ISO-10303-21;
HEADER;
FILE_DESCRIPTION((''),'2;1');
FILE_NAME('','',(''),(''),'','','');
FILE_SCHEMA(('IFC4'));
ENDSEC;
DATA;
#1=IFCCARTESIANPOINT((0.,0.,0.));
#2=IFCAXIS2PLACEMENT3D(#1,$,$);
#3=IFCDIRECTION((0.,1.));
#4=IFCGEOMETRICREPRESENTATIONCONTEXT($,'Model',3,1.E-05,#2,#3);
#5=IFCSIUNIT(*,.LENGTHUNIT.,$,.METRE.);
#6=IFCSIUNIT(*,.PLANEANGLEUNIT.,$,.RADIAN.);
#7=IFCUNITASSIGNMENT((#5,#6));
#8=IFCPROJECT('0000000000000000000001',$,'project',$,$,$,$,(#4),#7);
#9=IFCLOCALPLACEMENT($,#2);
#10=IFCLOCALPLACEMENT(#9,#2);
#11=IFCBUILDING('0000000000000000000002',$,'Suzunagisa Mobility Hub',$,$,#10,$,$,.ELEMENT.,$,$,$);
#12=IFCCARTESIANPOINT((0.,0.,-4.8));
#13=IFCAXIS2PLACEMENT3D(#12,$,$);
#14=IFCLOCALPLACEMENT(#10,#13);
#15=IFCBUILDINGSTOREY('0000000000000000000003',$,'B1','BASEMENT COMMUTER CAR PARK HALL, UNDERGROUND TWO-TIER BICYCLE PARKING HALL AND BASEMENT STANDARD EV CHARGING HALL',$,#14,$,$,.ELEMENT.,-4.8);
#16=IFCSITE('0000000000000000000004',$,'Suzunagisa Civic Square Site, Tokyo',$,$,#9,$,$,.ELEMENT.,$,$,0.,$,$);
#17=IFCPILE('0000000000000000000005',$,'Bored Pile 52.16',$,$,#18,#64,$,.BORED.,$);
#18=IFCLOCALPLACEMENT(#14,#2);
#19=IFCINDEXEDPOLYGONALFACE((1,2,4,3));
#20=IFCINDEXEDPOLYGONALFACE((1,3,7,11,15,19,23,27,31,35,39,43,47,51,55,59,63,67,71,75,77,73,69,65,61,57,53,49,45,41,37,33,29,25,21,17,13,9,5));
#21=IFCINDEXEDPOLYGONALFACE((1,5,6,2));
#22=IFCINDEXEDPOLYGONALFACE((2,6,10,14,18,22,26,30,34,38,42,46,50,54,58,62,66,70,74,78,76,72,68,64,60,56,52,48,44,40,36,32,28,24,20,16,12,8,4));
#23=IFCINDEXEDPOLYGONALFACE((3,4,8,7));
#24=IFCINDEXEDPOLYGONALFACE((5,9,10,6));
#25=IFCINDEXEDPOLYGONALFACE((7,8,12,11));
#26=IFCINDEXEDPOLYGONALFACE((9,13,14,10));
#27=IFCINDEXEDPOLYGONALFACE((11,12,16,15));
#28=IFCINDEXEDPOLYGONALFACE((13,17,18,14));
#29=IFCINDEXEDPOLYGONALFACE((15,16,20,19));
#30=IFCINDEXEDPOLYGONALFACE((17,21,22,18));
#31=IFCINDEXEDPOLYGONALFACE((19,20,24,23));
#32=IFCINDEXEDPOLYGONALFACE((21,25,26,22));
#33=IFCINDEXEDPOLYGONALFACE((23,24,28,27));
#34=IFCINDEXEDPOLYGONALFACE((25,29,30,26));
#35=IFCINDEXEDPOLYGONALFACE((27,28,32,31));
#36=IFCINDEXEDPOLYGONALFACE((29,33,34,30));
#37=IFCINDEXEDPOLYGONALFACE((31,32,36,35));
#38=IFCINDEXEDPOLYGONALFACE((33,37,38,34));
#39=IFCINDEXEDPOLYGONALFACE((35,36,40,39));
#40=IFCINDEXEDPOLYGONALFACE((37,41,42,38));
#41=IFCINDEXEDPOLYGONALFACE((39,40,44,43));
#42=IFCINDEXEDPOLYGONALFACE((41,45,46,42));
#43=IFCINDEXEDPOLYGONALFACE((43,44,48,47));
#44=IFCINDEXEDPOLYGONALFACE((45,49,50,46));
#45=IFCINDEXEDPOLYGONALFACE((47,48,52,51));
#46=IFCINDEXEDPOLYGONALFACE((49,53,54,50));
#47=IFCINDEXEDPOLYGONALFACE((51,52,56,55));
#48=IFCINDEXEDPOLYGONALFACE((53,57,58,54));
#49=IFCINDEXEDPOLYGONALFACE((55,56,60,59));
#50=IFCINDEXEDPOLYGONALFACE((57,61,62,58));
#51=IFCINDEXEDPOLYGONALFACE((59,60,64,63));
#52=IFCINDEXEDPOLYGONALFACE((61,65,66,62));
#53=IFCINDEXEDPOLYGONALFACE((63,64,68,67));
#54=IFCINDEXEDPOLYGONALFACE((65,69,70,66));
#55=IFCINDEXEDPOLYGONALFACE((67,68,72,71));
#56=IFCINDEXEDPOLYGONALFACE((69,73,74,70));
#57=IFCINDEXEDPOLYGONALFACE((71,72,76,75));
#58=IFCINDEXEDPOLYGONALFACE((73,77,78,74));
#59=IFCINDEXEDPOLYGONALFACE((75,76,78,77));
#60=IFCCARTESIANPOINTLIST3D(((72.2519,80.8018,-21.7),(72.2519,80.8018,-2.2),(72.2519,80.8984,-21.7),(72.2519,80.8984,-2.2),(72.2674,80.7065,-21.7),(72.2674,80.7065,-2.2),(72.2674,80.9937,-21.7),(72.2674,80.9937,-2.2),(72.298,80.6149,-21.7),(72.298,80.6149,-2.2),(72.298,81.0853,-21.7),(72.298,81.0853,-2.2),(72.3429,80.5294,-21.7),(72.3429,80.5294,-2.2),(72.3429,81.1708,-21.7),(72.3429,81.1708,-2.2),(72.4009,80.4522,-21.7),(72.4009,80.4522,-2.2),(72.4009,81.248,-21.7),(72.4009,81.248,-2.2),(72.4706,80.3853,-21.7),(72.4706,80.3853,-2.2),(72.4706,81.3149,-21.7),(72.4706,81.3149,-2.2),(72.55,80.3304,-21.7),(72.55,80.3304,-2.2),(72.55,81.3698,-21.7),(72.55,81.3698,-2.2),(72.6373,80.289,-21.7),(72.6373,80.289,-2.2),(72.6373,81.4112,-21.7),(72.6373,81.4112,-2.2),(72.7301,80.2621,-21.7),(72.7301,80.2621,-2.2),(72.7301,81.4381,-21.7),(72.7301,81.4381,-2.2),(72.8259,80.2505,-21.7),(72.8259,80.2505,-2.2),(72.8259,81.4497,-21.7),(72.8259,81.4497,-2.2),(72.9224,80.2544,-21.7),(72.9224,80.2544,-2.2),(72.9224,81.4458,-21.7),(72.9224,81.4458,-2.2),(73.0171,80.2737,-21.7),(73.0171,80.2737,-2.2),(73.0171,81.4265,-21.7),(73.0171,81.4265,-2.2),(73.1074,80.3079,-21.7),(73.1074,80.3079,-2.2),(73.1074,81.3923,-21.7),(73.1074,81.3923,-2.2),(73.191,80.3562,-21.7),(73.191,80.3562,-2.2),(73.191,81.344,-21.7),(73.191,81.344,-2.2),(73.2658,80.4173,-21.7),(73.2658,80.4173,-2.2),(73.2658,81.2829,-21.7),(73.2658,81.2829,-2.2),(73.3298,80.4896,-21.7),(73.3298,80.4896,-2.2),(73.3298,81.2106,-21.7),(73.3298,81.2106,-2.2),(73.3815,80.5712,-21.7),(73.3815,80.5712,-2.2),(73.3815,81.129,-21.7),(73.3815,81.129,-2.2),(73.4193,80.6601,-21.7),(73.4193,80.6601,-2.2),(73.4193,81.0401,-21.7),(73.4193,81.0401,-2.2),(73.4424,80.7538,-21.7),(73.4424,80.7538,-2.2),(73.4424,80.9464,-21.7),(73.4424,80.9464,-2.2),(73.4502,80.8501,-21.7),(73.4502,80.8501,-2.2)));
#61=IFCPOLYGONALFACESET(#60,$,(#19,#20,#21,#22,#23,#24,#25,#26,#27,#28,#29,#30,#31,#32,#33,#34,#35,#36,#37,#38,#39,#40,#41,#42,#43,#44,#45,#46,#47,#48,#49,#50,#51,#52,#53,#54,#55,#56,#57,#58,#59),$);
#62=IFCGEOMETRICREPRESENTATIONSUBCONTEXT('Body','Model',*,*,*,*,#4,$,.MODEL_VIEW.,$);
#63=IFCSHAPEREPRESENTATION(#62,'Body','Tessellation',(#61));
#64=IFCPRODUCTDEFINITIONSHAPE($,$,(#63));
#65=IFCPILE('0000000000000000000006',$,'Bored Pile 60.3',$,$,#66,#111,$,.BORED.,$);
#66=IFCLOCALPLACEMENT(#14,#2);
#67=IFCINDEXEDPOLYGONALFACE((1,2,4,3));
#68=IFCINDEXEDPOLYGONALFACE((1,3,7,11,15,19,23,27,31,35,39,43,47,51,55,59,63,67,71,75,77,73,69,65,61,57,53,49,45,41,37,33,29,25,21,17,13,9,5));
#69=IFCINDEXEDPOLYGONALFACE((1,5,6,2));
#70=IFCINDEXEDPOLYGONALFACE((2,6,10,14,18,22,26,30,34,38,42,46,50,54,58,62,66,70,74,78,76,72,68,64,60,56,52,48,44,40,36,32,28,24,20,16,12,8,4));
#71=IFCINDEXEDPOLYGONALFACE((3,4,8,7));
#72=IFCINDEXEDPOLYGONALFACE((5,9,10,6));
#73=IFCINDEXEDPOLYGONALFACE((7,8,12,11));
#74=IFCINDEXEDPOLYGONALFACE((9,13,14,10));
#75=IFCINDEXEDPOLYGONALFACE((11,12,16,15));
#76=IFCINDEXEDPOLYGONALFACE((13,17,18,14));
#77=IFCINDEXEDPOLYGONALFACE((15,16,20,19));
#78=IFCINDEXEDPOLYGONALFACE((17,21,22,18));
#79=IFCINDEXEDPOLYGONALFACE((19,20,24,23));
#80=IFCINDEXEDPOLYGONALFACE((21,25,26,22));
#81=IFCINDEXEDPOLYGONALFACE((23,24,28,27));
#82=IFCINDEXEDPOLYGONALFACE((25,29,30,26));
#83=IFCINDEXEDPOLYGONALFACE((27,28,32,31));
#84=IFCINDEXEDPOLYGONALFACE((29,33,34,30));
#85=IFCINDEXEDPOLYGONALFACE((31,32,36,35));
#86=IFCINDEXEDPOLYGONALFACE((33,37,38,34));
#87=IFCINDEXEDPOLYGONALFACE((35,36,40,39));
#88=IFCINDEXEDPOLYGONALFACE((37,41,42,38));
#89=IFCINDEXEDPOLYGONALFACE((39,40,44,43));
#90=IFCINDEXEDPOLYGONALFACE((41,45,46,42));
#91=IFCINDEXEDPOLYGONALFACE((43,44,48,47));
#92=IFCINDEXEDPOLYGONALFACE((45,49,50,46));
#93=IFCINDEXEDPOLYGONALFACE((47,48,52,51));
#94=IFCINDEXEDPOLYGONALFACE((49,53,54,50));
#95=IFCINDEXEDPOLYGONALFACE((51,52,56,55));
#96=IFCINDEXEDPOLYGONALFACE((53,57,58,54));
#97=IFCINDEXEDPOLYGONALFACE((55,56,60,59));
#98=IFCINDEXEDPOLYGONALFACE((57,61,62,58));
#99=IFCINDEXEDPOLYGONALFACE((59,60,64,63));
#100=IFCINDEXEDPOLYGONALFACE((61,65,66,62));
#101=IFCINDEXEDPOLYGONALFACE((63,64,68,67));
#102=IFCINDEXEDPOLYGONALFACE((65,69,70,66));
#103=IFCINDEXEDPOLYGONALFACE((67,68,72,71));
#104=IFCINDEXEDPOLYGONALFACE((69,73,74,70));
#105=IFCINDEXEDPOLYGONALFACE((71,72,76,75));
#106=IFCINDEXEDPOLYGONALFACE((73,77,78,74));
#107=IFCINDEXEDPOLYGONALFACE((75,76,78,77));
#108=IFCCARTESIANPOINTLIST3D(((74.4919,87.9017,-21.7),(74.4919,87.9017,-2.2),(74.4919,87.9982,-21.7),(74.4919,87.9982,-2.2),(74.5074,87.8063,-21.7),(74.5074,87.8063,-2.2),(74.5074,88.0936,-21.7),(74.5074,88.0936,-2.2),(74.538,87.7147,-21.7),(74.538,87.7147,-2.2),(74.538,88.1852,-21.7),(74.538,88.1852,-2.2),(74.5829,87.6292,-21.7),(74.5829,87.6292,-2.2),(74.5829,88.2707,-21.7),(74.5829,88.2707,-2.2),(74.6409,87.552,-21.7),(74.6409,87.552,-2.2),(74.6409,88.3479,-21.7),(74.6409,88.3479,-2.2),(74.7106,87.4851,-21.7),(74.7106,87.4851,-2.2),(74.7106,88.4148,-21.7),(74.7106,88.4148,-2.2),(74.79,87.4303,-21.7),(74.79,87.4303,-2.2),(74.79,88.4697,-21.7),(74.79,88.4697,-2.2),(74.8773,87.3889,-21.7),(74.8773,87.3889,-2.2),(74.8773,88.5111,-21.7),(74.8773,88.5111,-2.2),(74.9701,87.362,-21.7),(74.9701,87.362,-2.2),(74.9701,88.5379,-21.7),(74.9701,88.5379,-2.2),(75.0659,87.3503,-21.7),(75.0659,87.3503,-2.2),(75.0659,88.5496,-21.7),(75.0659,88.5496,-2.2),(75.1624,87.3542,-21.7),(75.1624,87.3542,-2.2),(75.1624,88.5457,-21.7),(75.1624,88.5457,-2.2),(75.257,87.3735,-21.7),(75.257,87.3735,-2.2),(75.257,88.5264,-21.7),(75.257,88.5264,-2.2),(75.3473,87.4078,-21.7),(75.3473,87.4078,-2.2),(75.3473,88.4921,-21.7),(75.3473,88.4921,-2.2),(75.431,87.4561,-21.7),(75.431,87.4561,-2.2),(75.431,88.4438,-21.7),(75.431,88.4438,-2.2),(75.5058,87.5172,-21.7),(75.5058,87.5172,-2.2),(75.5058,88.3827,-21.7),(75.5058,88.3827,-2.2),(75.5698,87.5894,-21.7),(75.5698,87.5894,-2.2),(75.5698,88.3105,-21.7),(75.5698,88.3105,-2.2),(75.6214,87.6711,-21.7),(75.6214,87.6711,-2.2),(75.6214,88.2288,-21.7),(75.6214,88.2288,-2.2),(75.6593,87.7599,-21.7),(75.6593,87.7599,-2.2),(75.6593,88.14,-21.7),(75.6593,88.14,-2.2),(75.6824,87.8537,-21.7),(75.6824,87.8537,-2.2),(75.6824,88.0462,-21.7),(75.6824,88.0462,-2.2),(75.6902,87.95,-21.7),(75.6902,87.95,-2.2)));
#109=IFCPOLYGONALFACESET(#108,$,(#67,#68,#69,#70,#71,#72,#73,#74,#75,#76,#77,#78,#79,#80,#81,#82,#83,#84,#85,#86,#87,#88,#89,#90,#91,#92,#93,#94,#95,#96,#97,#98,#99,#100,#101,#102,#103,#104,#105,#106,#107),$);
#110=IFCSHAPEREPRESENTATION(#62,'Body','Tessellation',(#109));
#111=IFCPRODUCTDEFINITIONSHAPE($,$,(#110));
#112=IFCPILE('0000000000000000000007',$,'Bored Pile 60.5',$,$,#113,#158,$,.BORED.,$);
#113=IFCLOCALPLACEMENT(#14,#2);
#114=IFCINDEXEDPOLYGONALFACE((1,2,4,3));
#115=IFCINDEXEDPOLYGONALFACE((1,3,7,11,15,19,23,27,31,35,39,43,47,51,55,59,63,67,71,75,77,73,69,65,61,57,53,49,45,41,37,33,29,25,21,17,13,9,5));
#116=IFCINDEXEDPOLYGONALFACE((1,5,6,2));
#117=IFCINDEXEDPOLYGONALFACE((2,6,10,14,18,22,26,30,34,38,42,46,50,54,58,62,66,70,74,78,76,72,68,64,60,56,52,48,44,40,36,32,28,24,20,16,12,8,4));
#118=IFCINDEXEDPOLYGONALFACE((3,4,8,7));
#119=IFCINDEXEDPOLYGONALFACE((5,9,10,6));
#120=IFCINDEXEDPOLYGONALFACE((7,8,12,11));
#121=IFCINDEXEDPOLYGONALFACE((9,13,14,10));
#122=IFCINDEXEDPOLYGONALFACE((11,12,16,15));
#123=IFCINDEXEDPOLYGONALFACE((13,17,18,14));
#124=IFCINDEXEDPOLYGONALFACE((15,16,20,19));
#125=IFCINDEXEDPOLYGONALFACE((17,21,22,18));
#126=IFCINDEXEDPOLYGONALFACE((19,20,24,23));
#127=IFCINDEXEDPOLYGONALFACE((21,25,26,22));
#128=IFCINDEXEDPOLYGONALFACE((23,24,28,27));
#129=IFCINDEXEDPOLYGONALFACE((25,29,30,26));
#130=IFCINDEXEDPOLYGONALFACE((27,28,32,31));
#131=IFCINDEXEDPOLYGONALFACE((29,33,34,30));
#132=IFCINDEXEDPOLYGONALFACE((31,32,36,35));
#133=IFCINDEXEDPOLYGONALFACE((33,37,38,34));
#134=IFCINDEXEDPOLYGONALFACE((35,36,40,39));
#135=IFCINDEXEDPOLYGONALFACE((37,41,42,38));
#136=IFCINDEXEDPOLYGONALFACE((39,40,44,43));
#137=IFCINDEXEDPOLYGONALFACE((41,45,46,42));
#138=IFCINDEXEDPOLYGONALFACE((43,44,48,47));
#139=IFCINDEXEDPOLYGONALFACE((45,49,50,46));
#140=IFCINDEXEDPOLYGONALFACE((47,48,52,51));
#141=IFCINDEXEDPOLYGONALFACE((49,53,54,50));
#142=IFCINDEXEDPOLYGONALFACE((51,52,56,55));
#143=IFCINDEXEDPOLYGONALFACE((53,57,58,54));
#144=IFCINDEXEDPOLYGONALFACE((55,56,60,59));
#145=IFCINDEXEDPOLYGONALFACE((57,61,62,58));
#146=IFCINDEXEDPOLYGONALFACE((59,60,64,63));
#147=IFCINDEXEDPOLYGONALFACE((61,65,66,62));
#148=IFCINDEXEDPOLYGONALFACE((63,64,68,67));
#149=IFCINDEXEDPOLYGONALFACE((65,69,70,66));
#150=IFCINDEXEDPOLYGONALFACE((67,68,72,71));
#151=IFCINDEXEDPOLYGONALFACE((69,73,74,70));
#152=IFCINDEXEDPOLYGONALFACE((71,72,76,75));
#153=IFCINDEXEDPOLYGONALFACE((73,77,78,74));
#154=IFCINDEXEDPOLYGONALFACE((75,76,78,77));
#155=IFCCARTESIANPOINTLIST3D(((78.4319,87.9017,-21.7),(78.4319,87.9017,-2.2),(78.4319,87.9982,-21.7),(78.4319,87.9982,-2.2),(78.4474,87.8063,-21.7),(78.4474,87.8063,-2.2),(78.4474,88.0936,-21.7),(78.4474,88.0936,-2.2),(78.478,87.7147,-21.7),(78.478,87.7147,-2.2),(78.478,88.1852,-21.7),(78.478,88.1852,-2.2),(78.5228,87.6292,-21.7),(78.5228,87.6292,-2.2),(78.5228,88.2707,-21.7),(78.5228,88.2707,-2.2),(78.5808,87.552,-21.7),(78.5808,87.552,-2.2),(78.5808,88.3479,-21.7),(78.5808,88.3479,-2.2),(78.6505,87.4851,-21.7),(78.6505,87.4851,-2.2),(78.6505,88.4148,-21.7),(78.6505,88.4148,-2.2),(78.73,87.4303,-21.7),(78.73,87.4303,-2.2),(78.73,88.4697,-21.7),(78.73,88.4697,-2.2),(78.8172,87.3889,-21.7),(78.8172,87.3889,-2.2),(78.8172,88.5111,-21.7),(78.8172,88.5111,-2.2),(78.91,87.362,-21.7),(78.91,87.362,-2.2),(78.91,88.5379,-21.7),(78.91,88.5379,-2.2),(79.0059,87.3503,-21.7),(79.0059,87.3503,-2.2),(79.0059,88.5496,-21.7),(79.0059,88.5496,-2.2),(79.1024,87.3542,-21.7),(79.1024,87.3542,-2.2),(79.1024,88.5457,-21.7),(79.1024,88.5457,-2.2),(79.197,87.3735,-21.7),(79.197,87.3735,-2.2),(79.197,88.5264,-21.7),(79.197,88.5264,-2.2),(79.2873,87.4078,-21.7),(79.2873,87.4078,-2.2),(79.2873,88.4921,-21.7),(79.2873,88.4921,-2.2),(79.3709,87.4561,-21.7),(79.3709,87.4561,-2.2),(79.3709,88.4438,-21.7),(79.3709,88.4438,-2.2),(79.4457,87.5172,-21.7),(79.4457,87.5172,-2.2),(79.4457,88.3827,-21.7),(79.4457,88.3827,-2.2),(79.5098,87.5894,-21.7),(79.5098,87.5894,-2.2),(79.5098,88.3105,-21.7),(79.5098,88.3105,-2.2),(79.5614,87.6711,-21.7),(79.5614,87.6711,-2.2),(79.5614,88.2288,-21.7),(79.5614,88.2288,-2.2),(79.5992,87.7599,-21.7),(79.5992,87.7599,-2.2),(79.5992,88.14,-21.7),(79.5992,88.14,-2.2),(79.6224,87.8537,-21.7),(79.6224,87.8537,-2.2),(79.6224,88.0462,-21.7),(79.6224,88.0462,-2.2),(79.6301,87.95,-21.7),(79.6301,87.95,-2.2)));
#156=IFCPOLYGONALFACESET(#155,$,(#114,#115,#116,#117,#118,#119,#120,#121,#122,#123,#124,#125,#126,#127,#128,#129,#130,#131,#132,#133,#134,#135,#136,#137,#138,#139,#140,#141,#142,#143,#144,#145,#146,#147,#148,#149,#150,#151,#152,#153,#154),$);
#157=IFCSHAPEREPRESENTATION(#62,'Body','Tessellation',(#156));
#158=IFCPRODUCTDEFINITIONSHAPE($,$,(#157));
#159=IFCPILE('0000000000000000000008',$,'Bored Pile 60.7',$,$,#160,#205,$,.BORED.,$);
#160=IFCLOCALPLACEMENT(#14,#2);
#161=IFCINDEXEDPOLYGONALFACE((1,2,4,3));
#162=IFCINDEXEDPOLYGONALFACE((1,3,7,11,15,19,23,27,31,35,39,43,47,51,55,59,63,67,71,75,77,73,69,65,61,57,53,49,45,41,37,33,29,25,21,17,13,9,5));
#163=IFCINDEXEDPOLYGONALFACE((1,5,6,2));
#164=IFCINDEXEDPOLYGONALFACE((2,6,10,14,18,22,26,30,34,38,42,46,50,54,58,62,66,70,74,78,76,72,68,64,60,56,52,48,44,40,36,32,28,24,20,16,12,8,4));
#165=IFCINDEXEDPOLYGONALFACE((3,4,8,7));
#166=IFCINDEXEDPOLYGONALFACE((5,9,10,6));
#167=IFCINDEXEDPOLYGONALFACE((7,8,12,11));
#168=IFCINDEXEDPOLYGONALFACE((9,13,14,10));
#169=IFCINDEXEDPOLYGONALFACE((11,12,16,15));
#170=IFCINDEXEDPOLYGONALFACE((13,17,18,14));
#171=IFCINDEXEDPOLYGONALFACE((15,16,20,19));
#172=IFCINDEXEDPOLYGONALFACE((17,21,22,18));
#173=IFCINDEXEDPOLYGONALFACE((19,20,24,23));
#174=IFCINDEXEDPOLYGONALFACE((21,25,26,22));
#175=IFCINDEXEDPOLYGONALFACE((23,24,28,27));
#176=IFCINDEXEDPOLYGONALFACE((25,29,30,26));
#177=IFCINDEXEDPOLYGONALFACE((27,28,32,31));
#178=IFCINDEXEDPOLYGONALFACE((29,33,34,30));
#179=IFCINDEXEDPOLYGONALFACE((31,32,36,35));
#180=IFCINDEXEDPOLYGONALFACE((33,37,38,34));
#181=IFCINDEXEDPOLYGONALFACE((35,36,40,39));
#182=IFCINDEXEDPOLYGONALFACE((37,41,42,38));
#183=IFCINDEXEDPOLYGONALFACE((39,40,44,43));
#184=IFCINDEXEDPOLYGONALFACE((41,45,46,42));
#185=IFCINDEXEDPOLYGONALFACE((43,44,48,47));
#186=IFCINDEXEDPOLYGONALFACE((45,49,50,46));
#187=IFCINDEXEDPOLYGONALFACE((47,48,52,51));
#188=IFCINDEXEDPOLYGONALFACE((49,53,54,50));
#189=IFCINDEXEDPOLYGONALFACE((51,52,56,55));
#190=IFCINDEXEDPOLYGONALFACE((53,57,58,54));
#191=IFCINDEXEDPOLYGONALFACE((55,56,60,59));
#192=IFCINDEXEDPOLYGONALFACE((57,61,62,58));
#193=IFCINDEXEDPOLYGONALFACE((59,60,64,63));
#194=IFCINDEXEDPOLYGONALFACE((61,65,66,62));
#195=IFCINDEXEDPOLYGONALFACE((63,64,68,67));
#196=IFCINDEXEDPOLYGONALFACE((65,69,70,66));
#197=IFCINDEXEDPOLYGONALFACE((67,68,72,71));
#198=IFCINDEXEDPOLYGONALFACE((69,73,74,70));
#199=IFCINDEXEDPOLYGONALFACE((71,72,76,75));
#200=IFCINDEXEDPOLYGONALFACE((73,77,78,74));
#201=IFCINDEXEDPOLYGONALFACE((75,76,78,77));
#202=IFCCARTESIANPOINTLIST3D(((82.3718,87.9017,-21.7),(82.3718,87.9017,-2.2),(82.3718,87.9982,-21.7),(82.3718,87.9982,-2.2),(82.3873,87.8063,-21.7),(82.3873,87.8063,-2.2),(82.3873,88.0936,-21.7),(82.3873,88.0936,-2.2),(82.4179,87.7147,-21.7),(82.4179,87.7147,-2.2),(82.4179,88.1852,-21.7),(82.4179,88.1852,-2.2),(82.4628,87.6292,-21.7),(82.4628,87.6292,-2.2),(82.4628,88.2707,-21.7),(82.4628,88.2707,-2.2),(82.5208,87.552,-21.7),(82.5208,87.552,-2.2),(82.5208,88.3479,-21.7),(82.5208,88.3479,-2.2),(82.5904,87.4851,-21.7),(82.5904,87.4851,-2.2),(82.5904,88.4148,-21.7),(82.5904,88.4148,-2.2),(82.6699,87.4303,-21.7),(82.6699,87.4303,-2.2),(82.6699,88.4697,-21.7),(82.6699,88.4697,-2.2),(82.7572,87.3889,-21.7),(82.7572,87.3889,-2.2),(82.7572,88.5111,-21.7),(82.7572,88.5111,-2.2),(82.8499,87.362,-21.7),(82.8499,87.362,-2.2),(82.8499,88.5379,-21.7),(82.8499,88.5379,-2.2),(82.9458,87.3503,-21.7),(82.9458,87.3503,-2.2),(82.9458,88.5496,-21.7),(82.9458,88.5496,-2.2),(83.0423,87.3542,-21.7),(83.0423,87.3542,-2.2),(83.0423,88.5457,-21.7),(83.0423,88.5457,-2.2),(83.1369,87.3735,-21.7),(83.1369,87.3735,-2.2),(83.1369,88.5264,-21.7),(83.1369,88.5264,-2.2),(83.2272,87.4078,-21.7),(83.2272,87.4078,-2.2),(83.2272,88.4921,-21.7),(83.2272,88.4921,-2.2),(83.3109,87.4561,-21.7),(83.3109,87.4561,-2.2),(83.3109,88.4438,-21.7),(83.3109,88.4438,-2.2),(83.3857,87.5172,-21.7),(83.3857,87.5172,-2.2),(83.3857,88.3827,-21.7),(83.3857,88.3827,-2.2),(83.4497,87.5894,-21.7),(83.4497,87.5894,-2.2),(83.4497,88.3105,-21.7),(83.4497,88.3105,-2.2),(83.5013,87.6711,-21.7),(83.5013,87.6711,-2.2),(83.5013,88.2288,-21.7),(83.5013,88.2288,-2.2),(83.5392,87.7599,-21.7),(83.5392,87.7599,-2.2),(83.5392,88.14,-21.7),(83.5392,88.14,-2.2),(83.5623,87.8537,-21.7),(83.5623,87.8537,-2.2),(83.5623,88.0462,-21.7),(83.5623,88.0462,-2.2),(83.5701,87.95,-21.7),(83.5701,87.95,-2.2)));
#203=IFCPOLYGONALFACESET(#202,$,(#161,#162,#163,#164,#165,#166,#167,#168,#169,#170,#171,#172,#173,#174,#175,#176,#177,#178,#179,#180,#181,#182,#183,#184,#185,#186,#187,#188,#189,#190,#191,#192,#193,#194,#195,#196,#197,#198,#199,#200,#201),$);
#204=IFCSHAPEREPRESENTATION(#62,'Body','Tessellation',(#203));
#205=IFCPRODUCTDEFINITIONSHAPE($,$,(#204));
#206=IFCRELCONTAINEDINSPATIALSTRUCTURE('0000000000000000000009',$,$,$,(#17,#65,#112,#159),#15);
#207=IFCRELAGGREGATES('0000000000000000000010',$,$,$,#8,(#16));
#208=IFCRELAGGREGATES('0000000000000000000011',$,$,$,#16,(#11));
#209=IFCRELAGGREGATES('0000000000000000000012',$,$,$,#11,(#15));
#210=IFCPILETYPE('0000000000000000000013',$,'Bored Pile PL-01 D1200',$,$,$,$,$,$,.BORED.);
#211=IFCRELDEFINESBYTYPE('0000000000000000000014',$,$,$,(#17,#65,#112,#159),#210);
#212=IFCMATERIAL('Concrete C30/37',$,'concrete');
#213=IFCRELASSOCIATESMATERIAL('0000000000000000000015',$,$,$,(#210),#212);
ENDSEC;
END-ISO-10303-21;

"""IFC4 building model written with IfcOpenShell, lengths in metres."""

from ifc_helpers import new_model, si_unit, direction, frame, origin, origin_2d, place, context, subcontext, project, spatial, circle, extrude, material, material_profile, profile_set, type_object, element, save


model = new_model("IFC4")

# Units and contexts
model_context = context("Model", 3, precision=1e-05, world=origin(), true_north=direction((0.0, 1.0)))
body_context = subcontext(model_context, "Body", "Model", "MODEL_VIEW")
ifc_project = project(units=[si_unit("LENGTHUNIT", "METRE"), si_unit("PLANEANGLEUNIT", "RADIAN")], contexts=[model_context])

# Site, building, storey
site_placement = place(None, origin())
site = spatial("IfcSite", under=ifc_project, at=site_placement, Name="Suzunagisa Civic Square Site, Tokyo", CompositionType="ELEMENT", RefElevation=0.0)
building_placement = place(site_placement, origin())
building = spatial("IfcBuilding", under=site, at=building_placement, Name="Suzunagisa Mobility Hub", CompositionType="ELEMENT")
storey_placement = place(building_placement, frame((0.0, 0.0, -4.8)))
storey = spatial("IfcBuildingStorey", under=building, at=storey_placement, Name="B1", Description="BASEMENT COMMUTER CAR PARK HALL, UNDERGROUND TWO-TIER BICYCLE PARKING HALL AND BASEMENT STANDARD EV CHARGING HALL", CompositionType="ELEMENT", Elevation=-4.8)

# Piles
ifc_material_1 = material(Name="Concrete C30/37", Category="concrete")
ifc_material_profile_1 = material_profile(ifc_material_1, circle(Radius=0.6001, at=origin_2d()), Name="BORED PILE D1200")
ifc_profile_set_1 = profile_set([ifc_material_profile_1], Name="Concrete C30/37")
pile_type = type_object("IfcPileType", Name="Bored Pile PL-01 D1200", PredefinedType="BORED", material=ifc_profile_set_1)
for number, where, z_axis, x_axis, name in (
    (1, (72.8501, 80.8501, -2.2), (0.0, 0.0, -1.0), (1.0, 0.0, 0.0), "Bored Pile 52.16"),
    (2, (75.0901, 87.95, -2.2), (0.0, 0.0, -1.0), (1.0, 0.0, 0.0), "Bored Pile 60.3"),
    (3, (79.03, 87.95, -2.2), (0.0, 0.0, -1.0), (1.0, 0.0, 0.0), "Bored Pile 60.5"),
    (4, (82.97, 87.95, -2.2), (0.0, 0.0, -1.0), (1.0, 0.0, 0.0), "Bored Pile 60.7"),
):
    element("IfcPile", number, at=place(storey_placement, frame(where, z_axis=z_axis, x_axis=x_axis)), inside=storey, type_object=pile_type, Name=name, PredefinedType="BORED", context=body_context, shape_type="SweptSolid", body=[
        extrude(circle(Radius=0.6001, at=origin_2d()), origin(), (0.0, 0.0, 1.0), 19.5),
    ])

save(model, "model.ifc")
